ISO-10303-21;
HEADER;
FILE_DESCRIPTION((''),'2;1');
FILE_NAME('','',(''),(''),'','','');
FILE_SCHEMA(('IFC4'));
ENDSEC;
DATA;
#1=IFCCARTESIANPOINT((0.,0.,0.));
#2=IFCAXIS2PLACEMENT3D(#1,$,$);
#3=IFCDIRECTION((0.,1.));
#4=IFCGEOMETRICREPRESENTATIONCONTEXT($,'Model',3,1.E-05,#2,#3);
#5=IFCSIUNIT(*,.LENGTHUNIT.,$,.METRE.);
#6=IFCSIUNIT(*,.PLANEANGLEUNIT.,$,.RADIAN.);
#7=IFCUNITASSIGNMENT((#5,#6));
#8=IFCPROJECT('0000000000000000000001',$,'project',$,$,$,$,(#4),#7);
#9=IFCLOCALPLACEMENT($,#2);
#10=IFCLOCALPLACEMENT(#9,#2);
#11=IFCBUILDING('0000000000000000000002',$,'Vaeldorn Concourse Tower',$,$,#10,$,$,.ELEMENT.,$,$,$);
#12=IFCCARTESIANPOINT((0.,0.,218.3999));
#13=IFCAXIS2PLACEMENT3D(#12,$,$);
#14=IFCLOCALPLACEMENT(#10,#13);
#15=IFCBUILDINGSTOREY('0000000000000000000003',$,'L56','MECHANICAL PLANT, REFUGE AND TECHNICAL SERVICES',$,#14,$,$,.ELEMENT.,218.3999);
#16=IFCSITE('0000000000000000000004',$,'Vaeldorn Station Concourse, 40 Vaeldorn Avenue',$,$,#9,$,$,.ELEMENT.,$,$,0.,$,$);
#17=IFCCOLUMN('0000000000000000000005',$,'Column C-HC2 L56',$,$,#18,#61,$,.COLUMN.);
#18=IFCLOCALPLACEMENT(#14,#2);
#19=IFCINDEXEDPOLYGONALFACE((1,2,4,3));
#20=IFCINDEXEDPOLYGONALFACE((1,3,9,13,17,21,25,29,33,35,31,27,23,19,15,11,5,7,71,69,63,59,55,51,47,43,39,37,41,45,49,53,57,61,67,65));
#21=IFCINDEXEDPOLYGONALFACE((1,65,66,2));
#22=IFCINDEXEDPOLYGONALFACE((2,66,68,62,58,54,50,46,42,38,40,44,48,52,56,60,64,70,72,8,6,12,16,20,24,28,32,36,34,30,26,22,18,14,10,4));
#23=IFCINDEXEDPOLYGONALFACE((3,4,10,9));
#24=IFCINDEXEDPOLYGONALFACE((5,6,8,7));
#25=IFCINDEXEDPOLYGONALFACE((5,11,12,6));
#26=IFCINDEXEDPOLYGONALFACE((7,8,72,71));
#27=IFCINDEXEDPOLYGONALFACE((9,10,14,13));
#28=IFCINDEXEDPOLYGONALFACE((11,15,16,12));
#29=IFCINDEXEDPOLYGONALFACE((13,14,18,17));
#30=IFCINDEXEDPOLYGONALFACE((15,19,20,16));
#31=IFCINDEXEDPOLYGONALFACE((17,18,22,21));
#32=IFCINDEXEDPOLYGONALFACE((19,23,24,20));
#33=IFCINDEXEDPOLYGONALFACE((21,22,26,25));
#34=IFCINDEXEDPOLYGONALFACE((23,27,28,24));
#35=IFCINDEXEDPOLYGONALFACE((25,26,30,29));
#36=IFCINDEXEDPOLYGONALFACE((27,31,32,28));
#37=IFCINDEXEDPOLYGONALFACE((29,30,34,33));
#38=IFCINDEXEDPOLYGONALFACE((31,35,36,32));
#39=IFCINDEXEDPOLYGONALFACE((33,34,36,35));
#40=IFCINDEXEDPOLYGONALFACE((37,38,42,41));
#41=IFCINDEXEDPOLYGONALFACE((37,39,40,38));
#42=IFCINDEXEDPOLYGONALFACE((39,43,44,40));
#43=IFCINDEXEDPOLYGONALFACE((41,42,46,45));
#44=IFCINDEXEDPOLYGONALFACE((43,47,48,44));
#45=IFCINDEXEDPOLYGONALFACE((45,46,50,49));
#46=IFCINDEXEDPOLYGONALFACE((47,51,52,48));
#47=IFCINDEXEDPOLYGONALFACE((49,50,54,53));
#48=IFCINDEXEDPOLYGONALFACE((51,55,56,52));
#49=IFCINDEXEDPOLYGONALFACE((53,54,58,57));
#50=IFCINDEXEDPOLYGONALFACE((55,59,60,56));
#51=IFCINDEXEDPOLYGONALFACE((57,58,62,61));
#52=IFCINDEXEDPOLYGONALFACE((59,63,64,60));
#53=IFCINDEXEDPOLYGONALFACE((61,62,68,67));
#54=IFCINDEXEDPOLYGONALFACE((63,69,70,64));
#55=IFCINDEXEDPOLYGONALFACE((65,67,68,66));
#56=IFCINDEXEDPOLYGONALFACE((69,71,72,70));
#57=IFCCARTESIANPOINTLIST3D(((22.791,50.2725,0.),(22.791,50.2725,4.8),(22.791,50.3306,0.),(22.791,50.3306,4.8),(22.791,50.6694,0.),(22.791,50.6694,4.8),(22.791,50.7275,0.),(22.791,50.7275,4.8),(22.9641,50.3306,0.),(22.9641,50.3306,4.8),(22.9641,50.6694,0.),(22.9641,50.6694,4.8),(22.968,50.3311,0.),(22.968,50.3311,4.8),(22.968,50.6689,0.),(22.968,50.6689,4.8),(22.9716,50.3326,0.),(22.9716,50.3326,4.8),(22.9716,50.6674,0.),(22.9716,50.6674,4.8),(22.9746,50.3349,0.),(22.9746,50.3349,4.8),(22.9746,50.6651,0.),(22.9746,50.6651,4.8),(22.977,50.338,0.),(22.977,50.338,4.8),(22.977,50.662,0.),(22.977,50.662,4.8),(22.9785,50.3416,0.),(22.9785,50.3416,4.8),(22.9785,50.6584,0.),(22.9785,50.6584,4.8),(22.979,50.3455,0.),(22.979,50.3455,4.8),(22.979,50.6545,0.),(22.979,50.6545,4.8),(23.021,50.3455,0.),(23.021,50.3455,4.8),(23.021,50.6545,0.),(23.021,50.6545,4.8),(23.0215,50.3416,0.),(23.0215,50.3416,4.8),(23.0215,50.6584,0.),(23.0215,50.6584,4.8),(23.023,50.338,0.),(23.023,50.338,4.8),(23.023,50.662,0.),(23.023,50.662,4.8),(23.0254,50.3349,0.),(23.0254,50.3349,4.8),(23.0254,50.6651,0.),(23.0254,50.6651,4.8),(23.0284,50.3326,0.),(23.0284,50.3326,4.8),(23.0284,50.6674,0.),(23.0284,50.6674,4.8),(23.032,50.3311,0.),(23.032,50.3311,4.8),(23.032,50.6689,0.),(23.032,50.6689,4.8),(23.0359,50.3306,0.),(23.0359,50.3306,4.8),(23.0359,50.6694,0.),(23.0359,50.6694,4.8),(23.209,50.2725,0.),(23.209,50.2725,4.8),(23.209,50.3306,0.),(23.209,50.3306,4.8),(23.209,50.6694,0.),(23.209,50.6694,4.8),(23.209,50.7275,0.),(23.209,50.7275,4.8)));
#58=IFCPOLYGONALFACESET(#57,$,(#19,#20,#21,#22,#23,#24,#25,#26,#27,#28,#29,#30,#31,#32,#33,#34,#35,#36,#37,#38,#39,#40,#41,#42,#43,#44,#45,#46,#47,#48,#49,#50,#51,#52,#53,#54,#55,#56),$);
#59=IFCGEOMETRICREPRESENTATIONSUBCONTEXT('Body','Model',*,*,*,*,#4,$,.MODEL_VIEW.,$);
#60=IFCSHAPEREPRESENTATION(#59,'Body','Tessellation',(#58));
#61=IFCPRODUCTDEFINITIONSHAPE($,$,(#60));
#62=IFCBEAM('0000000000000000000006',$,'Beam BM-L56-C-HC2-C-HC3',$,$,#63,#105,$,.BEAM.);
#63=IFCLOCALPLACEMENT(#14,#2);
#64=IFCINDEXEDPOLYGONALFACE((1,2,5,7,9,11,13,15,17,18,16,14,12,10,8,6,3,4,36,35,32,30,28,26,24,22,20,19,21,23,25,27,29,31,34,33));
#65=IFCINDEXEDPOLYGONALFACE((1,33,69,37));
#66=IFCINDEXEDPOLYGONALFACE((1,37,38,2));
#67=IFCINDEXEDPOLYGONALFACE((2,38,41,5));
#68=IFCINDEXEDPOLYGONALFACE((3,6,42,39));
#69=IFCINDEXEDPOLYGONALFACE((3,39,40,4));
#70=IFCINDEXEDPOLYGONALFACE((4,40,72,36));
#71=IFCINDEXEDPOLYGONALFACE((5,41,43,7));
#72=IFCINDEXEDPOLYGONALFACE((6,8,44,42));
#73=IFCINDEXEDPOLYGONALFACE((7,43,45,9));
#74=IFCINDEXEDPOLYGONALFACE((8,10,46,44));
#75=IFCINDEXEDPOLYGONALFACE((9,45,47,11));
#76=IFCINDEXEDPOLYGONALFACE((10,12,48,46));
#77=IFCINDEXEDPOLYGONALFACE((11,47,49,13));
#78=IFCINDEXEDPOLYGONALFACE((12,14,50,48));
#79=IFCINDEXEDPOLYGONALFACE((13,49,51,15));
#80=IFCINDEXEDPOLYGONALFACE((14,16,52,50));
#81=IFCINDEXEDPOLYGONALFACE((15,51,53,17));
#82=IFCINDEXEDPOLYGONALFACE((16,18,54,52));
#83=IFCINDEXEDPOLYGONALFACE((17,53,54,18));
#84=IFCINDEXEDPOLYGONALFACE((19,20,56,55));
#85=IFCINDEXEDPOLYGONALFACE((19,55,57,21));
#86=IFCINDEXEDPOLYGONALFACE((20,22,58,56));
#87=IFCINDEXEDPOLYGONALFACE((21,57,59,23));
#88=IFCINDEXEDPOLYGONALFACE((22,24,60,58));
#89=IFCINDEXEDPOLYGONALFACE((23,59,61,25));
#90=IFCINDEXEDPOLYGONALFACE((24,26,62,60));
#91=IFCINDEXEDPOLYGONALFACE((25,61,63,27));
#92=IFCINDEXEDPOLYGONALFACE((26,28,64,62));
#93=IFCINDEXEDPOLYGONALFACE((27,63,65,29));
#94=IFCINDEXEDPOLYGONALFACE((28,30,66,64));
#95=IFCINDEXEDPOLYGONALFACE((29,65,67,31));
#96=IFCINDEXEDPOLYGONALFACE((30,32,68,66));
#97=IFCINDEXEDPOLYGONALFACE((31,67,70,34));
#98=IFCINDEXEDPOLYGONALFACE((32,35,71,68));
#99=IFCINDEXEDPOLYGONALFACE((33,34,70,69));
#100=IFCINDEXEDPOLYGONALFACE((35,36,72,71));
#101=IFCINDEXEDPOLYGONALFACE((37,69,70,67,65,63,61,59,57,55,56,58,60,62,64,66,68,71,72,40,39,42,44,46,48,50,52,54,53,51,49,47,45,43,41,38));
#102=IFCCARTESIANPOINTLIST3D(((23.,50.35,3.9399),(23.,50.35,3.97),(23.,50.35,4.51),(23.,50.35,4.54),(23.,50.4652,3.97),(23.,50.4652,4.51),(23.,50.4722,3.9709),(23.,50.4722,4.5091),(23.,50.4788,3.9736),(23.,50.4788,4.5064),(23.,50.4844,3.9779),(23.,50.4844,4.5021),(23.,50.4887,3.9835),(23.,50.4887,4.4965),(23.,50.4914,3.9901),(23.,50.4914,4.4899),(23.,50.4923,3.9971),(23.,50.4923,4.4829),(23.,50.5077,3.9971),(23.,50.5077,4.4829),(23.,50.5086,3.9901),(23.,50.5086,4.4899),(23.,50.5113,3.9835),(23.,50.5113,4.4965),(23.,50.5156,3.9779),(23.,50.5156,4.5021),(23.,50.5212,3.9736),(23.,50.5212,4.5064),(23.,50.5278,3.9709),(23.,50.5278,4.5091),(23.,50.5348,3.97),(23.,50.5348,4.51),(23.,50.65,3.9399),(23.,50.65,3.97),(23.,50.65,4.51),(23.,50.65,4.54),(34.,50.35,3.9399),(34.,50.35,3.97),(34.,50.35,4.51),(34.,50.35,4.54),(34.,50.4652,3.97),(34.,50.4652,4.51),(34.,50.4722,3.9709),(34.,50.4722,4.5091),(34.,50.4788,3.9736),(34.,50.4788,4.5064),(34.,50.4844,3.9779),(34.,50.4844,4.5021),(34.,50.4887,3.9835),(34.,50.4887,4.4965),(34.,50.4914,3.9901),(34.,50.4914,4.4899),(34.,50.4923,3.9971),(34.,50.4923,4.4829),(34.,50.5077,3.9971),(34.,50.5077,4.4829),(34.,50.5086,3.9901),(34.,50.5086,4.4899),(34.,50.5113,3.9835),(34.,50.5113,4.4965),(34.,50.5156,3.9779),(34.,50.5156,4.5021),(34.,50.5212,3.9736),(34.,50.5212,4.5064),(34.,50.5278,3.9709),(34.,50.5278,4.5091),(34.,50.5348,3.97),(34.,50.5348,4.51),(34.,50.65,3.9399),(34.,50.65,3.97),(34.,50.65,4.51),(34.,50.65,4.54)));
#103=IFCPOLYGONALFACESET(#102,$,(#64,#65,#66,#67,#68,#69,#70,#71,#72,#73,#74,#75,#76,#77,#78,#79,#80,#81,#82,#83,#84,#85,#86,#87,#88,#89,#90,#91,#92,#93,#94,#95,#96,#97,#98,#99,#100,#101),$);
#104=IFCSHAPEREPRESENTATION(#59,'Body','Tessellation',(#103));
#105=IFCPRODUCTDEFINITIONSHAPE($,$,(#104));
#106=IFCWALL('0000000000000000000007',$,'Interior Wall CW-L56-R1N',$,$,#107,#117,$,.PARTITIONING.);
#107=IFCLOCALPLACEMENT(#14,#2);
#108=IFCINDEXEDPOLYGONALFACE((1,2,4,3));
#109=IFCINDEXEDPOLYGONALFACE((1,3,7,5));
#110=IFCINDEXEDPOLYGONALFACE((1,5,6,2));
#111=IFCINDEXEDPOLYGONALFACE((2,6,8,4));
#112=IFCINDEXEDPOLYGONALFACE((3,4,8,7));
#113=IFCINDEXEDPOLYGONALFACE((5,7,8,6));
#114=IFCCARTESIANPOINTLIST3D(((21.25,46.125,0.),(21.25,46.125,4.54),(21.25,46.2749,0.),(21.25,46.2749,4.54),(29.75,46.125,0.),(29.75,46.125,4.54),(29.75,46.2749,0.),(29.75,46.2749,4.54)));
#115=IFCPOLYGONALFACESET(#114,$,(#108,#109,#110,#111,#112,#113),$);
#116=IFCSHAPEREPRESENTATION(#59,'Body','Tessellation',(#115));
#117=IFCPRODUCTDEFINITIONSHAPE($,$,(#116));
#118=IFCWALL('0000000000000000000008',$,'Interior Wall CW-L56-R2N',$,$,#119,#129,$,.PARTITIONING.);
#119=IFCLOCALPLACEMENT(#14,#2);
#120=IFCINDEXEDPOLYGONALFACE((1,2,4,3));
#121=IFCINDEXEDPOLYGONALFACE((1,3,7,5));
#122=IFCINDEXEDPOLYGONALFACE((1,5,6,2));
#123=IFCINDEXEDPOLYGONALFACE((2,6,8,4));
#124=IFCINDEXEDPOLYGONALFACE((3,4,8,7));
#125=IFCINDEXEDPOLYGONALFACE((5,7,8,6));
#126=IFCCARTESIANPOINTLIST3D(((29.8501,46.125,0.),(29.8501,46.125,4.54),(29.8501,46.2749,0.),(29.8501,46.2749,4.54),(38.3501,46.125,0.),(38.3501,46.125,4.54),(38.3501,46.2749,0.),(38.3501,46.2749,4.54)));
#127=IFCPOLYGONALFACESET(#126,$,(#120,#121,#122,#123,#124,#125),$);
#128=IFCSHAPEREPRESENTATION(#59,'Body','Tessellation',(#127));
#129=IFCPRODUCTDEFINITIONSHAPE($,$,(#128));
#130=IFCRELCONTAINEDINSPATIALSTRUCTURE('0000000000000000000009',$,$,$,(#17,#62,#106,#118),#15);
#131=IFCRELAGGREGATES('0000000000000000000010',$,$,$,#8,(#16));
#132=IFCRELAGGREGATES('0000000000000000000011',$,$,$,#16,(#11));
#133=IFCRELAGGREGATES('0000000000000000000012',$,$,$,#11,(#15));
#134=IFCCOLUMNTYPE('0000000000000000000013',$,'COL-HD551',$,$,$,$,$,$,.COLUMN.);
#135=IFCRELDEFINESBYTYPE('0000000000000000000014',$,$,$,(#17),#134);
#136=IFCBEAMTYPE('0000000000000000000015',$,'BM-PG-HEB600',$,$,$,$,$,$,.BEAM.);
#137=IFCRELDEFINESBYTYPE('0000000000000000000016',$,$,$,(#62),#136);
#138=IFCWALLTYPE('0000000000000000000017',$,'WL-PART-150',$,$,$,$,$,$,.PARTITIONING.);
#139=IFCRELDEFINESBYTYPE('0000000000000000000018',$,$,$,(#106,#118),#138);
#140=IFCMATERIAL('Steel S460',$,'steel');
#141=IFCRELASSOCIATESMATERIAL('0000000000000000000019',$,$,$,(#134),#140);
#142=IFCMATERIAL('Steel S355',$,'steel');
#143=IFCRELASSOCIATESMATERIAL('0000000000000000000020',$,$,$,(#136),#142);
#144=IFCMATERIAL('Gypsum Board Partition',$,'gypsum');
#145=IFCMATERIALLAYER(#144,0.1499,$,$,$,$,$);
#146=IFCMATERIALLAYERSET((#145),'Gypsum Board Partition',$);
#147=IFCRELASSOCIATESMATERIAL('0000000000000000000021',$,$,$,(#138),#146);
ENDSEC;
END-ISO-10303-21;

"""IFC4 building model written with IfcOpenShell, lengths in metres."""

from ifc_helpers import new_model, si_unit, direction, frame, frame_2d, origin, origin_2d, place, context, subcontext, project, spatial, rectangle, i_section, extrude, source, transform, mapped, material, layer, layer_set, material_profile, profile_set, type_object, element, save


model = new_model("IFC4")

# Units and contexts
model_context = context("Model", 3, precision=1e-05, world=origin(), true_north=direction((0.0, 1.0)))
body_context = subcontext(model_context, "Body", "Model", "MODEL_VIEW")
ifc_project = project(units=[si_unit("LENGTHUNIT", "METRE"), si_unit("PLANEANGLEUNIT", "RADIAN")], contexts=[model_context])

# Site, building, storey
site_placement = place(None, origin())
site = spatial("IfcSite", under=ifc_project, at=site_placement, Name="Vaeldorn Station Concourse, 40 Vaeldorn Avenue", CompositionType="ELEMENT", RefElevation=0.0)
building_placement = place(site_placement, origin())
building = spatial("IfcBuilding", under=site, at=building_placement, Name="Vaeldorn Concourse Tower", CompositionType="ELEMENT")
storey_placement = place(building_placement, frame((0.0, 0.0, 218.3999)))
storey = spatial("IfcBuildingStorey", under=building, at=storey_placement, Name="L56", Description="MECHANICAL PLANT, REFUGE AND TECHNICAL SERVICES", CompositionType="ELEMENT", Elevation=218.3999)

# Column
ifc_material_1 = material(Name="Steel S460", Category="steel")
ifc_material_profile_1 = material_profile(ifc_material_1, i_section(OverallWidth=0.418, OverallDepth=0.4551, WebThickness=0.042, FlangeThickness=0.0581, FilletRadius=0.0149, at=origin_2d()), Name="HD 400x551")
ifc_profile_set_1 = profile_set([ifc_material_profile_1], Name="Steel S460")
column_type = type_object("IfcColumnType", Name="COL-HD551", PredefinedType="COLUMN", material=ifc_profile_set_1)
shared_shape_1 = source(origin(), body_context, "Body", "SweptSolid", [
    extrude(i_section(OverallWidth=0.418, OverallDepth=0.4551, WebThickness=0.042, FlangeThickness=0.0581, FilletRadius=0.0149, at=origin_2d()), origin(), (0.0, 0.0, 1.0), 4.8),
])
column_placement = place(storey_placement, frame((23.0, 50.5, 0.0), z_axis=(0.0, 0.0, 1.0), x_axis=(1.0, 0.0, 0.0)))
element("IfcColumn", 1, at=column_placement, inside=storey, type_object=column_type, Name="Column C-HC2 L56", PredefinedType="COLUMN", context=body_context, shape_type="MappedRepresentation", body=[
    mapped(shared_shape_1, transform((0.0, 0.0, 0.0), scale=1.0)),
])

# Beam
ifc_material_2 = material(Name="Steel S355", Category="steel")
ifc_material_profile_2 = material_profile(ifc_material_2, i_section(OverallWidth=0.3, OverallDepth=0.6001, WebThickness=0.0154, FlangeThickness=0.03, FilletRadius=0.0271, at=origin_2d()), Name="HEB 600")
ifc_profile_set_2 = profile_set([ifc_material_profile_2], Name="Steel S355")
beam_type = type_object("IfcBeamType", Name="BM-PG-HEB600", PredefinedType="BEAM", material=ifc_profile_set_2)
shared_shape_2 = source(origin(), body_context, "Body", "SweptSolid", [
    extrude(i_section(OverallWidth=0.3, OverallDepth=0.6001, WebThickness=0.0154, FlangeThickness=0.03, FilletRadius=0.0271, at=origin_2d()), origin(), (0.0, 0.0, 1.0), 11.0),
])
beam_placement = place(storey_placement, frame((23.0, 50.5, 4.24), z_axis=(1.0, 0.0, 0.0), x_axis=(0.0, 1.0, 0.0)))
element("IfcBeam", 2, at=beam_placement, inside=storey, type_object=beam_type, Name="Beam BM-L56-C-HC2-C-HC3", PredefinedType="BEAM", context=body_context, shape_type="MappedRepresentation", body=[
    mapped(shared_shape_2, transform((0.0, 0.0, 0.0), scale=1.0)),
])

# Walls
ifc_material_3 = material(Name="Gypsum Board Partition", Category="gypsum")
ifc_layer_1 = layer(ifc_material_3, 0.1499)
ifc_layer_set_1 = layer_set([ifc_layer_1], Name="Gypsum Board Partition")
wall_type_1 = type_object("IfcWallType", Name="WL-PART-150", PredefinedType="PARTITIONING", material=ifc_layer_set_1)
for number, where, z_axis, x_axis, name in (
    (3, (21.25, 46.2, 0.0), (0.0, 0.0, 1.0), (1.0, 0.0, 0.0), "Interior Wall CW-L56-R1N"),
    (4, (29.8501, 46.2, 0.0), (0.0, 0.0, 1.0), (1.0, 0.0, 0.0), "Interior Wall CW-L56-R2N"),
):
    element("IfcWall", number, at=place(storey_placement, frame(where, z_axis=z_axis, x_axis=x_axis)), inside=storey, type_object=wall_type_1, Name=name, PredefinedType="PARTITIONING", context=body_context, shape_type="SweptSolid", body=[
        extrude(rectangle(XDim=8.5, YDim=0.1499, at=frame_2d((4.25, 0.0))), origin(), (0.0, 0.0, 1.0), 4.54),
    ])

save(model, "model.ifc")
